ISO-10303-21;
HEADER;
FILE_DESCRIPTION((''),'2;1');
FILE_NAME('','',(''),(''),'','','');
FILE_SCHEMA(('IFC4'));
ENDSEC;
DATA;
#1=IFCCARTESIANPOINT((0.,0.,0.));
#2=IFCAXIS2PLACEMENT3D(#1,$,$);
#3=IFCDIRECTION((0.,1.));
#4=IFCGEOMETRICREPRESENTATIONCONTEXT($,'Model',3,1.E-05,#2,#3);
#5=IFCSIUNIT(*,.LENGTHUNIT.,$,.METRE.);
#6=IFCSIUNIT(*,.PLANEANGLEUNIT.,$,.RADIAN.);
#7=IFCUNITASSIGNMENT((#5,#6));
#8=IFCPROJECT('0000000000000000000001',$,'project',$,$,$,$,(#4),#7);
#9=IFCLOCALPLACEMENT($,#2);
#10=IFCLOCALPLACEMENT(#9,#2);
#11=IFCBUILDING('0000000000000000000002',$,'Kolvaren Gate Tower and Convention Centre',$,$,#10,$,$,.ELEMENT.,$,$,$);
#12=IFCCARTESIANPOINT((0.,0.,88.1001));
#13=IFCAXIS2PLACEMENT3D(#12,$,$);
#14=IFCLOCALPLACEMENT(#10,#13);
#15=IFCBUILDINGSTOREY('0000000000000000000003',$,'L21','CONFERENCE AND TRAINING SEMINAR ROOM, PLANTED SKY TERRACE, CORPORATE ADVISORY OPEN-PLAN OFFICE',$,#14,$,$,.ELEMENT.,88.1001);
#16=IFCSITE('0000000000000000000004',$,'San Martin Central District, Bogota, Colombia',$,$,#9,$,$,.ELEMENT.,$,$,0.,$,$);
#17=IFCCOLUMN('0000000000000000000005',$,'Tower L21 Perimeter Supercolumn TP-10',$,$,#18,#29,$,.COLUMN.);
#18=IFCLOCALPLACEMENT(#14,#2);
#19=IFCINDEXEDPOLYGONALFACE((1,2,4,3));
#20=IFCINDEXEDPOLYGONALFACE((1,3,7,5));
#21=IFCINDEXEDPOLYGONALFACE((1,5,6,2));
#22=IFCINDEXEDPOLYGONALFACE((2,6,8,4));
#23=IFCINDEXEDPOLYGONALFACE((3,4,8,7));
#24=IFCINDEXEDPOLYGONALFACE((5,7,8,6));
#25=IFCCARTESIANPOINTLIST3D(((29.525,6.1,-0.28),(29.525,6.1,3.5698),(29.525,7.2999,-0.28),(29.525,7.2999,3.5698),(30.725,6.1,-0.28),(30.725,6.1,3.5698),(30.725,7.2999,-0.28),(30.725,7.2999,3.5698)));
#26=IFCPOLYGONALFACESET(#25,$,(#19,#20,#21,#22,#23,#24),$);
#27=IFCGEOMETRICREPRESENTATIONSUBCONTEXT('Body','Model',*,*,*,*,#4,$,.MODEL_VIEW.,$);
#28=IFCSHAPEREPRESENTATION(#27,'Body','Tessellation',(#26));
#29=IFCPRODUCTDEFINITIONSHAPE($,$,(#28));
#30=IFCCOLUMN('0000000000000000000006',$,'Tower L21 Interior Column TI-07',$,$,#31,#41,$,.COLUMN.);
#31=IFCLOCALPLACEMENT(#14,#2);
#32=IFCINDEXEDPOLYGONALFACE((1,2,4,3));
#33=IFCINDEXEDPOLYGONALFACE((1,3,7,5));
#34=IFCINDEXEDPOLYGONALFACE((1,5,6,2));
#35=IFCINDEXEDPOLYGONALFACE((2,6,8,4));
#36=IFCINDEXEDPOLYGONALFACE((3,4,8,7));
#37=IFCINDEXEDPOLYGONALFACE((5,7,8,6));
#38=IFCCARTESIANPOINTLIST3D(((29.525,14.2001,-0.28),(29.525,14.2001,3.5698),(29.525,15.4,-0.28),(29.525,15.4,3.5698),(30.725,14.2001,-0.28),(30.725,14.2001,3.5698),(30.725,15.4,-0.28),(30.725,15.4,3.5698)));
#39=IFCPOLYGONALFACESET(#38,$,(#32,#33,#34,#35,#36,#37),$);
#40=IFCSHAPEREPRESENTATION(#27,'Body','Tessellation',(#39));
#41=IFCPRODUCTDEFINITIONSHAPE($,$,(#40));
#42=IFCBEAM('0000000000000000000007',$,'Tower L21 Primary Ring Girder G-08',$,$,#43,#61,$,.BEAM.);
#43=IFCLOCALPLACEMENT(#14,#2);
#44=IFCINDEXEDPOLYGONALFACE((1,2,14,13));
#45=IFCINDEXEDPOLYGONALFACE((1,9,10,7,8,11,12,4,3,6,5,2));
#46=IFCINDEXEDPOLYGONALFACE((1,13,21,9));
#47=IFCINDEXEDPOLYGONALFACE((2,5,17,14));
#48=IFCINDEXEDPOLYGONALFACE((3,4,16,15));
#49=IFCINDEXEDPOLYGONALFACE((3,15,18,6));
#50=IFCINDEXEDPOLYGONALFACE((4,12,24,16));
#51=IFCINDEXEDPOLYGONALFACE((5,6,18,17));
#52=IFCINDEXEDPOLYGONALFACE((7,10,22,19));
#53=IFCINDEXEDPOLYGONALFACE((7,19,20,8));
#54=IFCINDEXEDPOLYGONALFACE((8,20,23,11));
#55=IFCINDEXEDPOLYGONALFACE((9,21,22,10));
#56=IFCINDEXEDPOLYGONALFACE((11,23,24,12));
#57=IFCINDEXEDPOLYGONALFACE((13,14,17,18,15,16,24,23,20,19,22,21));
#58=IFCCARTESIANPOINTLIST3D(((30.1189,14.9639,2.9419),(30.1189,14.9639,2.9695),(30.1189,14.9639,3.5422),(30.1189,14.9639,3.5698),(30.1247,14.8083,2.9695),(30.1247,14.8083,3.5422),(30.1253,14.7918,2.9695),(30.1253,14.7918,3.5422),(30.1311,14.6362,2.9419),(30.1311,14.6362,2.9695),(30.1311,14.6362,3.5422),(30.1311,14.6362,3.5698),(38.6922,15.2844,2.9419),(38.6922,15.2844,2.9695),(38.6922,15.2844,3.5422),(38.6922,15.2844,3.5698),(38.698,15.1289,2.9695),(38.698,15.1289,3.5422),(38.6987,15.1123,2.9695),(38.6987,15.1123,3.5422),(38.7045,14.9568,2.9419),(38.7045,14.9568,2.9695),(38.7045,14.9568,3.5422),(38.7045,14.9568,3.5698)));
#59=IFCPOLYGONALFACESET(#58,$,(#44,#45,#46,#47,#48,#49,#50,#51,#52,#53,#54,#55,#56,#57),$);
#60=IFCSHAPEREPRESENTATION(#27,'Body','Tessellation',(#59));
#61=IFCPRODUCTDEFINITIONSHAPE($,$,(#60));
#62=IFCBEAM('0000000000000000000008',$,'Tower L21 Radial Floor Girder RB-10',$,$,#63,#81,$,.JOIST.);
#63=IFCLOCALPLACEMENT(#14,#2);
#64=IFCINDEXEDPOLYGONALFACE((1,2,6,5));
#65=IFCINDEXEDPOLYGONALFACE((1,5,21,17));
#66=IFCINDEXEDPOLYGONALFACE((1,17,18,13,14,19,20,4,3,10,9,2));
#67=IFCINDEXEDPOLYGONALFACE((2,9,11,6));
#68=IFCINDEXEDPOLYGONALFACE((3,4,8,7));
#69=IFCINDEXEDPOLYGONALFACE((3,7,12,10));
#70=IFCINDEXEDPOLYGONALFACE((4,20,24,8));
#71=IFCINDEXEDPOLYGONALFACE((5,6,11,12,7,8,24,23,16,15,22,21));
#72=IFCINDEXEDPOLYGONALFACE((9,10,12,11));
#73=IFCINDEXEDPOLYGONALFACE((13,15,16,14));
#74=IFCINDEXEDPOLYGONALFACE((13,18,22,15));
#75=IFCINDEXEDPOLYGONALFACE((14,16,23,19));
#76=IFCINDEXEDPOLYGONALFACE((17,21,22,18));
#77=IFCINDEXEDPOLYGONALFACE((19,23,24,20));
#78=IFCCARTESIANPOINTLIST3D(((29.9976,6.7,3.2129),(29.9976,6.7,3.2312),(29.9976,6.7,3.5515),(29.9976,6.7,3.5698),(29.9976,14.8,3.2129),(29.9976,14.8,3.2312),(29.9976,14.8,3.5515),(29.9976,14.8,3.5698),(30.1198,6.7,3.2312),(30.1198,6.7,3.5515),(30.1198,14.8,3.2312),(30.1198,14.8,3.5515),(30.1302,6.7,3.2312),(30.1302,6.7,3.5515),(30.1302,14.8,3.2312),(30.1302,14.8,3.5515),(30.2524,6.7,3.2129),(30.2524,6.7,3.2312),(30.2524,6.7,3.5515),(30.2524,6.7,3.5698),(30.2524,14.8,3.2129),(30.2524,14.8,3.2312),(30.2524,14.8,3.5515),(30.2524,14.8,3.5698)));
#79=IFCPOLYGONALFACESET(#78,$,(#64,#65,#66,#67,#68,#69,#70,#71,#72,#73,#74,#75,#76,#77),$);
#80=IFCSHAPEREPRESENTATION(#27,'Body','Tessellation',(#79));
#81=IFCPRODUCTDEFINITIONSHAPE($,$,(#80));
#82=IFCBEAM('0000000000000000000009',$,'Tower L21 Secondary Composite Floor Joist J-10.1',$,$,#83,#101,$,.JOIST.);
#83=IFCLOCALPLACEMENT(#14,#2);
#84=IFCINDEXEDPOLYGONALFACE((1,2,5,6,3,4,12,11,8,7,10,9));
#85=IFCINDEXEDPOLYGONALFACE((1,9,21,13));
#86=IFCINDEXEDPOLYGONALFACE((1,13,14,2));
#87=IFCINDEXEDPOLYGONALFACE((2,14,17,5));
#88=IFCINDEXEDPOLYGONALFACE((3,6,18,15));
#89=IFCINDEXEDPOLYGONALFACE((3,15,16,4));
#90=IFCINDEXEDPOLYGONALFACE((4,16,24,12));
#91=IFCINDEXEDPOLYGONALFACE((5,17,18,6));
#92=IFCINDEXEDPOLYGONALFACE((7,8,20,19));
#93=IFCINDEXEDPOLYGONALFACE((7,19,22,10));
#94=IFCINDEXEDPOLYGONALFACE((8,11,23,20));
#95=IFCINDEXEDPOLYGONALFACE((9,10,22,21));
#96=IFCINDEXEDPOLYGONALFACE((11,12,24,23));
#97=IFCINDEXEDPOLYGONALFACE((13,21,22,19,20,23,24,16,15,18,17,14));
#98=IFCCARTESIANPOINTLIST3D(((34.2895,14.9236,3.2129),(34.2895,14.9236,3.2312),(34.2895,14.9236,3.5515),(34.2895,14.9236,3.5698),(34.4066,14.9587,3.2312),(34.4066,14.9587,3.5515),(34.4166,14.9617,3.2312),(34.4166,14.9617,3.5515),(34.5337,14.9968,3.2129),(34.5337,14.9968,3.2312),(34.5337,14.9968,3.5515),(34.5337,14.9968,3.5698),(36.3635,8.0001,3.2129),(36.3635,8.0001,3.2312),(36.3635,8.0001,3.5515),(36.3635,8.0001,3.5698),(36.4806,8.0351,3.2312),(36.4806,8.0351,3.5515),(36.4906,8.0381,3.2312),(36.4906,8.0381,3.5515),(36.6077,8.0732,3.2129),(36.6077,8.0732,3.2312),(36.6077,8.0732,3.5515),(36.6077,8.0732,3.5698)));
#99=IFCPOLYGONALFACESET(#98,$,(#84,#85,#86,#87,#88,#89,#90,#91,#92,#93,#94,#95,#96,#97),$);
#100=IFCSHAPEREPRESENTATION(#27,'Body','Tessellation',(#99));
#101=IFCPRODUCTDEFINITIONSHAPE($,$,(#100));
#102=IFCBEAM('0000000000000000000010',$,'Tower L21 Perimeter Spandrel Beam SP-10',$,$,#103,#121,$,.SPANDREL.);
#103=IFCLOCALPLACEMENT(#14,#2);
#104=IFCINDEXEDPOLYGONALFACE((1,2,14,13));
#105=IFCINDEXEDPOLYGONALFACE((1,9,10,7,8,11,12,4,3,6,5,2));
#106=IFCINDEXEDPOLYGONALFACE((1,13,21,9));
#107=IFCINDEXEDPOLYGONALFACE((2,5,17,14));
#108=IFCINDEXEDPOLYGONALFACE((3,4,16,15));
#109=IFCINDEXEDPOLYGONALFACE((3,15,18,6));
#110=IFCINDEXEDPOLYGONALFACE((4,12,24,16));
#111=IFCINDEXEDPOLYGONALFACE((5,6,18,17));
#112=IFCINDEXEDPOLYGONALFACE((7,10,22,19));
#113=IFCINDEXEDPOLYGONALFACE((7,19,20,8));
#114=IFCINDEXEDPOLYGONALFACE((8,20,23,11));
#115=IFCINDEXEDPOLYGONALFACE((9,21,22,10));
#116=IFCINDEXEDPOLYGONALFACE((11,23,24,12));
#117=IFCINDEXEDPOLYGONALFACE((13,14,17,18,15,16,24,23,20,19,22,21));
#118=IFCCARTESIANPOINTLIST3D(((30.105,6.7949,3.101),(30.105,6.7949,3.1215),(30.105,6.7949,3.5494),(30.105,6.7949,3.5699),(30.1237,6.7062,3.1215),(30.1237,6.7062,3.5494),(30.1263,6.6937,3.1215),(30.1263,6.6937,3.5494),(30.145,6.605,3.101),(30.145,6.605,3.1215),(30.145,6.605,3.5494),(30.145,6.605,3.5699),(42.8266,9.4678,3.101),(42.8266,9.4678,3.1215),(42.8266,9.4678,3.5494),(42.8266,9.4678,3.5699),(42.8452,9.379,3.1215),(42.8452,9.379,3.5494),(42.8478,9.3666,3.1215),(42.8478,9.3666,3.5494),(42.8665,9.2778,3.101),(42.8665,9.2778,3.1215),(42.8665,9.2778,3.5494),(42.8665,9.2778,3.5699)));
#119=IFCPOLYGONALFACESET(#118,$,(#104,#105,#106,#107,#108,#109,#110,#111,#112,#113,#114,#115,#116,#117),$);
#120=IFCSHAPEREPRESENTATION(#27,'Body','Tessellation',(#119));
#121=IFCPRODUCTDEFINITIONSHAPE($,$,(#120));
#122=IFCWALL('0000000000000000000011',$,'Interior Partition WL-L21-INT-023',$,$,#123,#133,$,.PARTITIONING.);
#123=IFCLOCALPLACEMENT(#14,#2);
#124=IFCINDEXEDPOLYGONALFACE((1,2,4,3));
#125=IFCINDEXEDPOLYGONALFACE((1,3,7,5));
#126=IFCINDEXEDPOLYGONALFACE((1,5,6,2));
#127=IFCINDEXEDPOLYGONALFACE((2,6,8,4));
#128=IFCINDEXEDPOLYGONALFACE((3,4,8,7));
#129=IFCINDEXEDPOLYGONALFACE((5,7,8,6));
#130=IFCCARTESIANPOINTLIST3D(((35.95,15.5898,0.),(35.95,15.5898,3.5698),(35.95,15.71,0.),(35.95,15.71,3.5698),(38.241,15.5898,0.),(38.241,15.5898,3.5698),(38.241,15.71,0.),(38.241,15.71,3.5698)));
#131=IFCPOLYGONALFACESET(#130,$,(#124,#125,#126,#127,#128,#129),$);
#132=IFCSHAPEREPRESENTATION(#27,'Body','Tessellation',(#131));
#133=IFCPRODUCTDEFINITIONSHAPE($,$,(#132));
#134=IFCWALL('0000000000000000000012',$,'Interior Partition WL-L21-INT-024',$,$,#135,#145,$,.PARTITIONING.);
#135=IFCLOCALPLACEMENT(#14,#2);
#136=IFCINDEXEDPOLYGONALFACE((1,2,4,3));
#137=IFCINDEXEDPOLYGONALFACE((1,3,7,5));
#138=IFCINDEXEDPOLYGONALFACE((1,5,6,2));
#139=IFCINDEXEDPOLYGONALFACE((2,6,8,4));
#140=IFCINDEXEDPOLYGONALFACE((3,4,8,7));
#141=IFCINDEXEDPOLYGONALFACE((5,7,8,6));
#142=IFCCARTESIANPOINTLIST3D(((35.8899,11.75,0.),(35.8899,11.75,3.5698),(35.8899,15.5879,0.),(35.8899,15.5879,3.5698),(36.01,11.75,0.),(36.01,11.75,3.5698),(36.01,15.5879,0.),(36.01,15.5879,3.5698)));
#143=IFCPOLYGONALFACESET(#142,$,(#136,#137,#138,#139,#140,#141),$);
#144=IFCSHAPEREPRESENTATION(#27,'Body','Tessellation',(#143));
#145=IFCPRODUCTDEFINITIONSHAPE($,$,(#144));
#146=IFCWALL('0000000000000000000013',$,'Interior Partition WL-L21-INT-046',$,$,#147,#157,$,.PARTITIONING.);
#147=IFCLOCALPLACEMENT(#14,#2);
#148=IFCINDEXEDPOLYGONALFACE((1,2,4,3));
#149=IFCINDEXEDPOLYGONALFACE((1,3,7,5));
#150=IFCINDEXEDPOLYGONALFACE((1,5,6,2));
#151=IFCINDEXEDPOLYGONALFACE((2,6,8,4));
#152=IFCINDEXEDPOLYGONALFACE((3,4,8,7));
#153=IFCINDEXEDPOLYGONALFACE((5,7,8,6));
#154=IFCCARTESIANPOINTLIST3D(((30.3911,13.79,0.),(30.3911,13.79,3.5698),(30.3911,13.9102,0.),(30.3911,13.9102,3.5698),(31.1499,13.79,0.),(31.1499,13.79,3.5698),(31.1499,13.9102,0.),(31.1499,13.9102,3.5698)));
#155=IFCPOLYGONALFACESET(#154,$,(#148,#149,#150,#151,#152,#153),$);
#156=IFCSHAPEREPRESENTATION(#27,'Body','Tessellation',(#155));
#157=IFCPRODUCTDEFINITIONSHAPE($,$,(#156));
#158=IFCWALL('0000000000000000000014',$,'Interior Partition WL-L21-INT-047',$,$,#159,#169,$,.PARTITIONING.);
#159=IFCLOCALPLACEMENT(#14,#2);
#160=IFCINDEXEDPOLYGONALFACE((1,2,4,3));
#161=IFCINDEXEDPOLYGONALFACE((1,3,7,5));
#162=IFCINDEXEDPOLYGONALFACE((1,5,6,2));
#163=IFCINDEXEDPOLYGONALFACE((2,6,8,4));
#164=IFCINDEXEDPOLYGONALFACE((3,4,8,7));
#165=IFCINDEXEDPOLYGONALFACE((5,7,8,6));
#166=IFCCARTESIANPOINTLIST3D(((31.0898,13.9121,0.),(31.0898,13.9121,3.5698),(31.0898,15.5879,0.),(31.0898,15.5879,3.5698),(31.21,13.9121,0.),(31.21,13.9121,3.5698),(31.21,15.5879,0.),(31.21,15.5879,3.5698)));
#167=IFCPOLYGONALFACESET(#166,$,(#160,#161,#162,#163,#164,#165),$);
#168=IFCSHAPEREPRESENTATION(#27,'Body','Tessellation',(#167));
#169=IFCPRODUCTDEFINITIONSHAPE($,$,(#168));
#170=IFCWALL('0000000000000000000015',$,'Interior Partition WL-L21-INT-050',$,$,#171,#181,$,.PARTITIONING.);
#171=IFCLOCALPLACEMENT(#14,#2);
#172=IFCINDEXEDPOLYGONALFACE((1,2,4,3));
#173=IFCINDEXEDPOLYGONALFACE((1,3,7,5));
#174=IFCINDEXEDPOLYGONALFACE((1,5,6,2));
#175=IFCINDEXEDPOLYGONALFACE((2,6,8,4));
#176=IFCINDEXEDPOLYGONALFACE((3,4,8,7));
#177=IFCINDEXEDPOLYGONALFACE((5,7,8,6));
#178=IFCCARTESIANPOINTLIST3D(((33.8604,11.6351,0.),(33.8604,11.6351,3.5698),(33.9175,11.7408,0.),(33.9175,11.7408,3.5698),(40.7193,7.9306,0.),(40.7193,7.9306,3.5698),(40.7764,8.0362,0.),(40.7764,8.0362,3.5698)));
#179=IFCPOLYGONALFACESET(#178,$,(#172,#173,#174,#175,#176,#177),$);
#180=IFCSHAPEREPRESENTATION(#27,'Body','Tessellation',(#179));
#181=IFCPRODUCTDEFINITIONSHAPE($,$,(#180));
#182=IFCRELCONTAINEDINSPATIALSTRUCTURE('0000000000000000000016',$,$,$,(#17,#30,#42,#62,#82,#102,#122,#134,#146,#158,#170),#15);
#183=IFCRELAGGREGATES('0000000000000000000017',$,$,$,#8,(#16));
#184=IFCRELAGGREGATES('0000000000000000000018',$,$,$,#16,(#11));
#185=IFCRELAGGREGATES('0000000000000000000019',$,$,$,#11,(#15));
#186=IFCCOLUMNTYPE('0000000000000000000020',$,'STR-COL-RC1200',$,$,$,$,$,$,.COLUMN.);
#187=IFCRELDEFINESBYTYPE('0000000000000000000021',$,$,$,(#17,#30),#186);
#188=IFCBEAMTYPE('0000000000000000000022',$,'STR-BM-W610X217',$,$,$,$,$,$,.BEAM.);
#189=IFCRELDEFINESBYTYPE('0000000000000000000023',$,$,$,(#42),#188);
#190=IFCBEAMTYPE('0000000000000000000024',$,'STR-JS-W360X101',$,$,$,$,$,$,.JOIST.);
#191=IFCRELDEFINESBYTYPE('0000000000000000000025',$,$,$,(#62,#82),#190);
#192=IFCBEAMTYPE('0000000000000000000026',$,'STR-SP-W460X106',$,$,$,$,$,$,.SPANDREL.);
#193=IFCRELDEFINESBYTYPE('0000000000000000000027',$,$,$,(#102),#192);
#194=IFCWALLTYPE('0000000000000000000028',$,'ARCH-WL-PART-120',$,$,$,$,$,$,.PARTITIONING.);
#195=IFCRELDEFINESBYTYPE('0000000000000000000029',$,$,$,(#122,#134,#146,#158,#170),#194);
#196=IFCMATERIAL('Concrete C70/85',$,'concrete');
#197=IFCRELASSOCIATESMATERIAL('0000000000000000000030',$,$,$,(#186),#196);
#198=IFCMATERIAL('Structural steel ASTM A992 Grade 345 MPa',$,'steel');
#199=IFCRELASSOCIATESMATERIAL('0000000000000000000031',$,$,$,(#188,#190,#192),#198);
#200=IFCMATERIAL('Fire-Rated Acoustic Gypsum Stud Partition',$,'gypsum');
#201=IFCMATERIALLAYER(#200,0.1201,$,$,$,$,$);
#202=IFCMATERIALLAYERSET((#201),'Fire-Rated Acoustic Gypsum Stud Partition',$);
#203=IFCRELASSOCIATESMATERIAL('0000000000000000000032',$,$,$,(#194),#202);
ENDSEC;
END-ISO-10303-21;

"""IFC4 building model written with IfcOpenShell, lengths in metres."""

from ifc_helpers import new_model, si_unit, direction, frame, frame_2d, origin, origin_2d, place, context, subcontext, project, spatial, rectangle, i_section, extrude, material, layer, layer_set, material_profile, profile_set, type_object, element, save


model = new_model("IFC4")

# Units and contexts
model_context = context("Model", 3, precision=1e-05, world=origin(), true_north=direction((0.0, 1.0)))
body_context = subcontext(model_context, "Body", "Model", "MODEL_VIEW")
ifc_project = project(units=[si_unit("LENGTHUNIT", "METRE"), si_unit("PLANEANGLEUNIT", "RADIAN")], contexts=[model_context])

# Site, building, storey
site_placement = place(None, origin())
site = spatial("IfcSite", under=ifc_project, at=site_placement, Name="San Martin Central District, Bogota, Colombia", CompositionType="ELEMENT", RefElevation=0.0)
building_placement = place(site_placement, origin())
building = spatial("IfcBuilding", under=site, at=building_placement, Name="Kolvaren Gate Tower and Convention Centre", CompositionType="ELEMENT")
storey_placement = place(building_placement, frame((0.0, 0.0, 88.1001)))
storey = spatial("IfcBuildingStorey", under=building, at=storey_placement, Name="L21", Description="CONFERENCE AND TRAINING SEMINAR ROOM, PLANTED SKY TERRACE, CORPORATE ADVISORY OPEN-PLAN OFFICE", CompositionType="ELEMENT", Elevation=88.1001)

# Columns
ifc_material_1 = material(Name="Concrete C70/85", Category="concrete")
ifc_material_profile_1 = material_profile(ifc_material_1, rectangle(XDim=1.2, YDim=1.2, at=origin_2d()), Name="RC-COL-1200X1200")
ifc_profile_set_1 = profile_set([ifc_material_profile_1], Name="Concrete C70/85")
column_type = type_object("IfcColumnType", Name="STR-COL-RC1200", PredefinedType="COLUMN", material=ifc_profile_set_1)
for number, where, z_axis, x_axis, name in (
    (1, (30.125, 6.7, -0.28), (0.0, 0.0, 1.0), (1.0, 0.0, 0.0), "Tower L21 Perimeter Supercolumn TP-10"),
    (2, (30.125, 14.8, -0.28), (0.0, 0.0, 1.0), (1.0, 0.0, 0.0), "Tower L21 Interior Column TI-07"),
):
    element("IfcColumn", number, at=place(storey_placement, frame(where, z_axis=z_axis, x_axis=x_axis)), inside=storey, type_object=column_type, Name=name, PredefinedType="COLUMN", context=body_context, shape_type="SweptSolid", body=[
        extrude(rectangle(XDim=1.2, YDim=1.2, at=origin_2d()), origin(), (0.0, 0.0, 1.0), 3.8499),
    ])

# Beams
ifc_material_2 = material(Name="Structural steel ASTM A992 Grade 345 MPa", Category="steel")
ifc_material_profile_2 = material_profile(ifc_material_2, i_section(OverallWidth=0.3279, OverallDepth=0.6279, WebThickness=0.0166, FlangeThickness=0.0276, at=origin_2d()), Name="W610X217")
ifc_profile_set_2 = profile_set([ifc_material_profile_2], Name="Structural steel ASTM A992 Grade 345 MPa")
beam_type_1 = type_object("IfcBeamType", Name="STR-BM-W610X217", PredefinedType="BEAM", material=ifc_profile_set_2)
beam_1_placement = place(storey_placement, frame((30.125, 14.8, 3.2559), z_axis=(0.999302, 0.037364, 0.0), x_axis=(-0.037364, 0.999302, 0.0)))
element("IfcBeam", 3, at=beam_1_placement, inside=storey, type_object=beam_type_1, Name="Tower L21 Primary Ring Girder G-08", PredefinedType="BEAM", context=body_context, shape_type="SweptSolid", body=[
    extrude(i_section(OverallWidth=0.3279, OverallDepth=0.6279, WebThickness=0.0166, FlangeThickness=0.0276, at=origin_2d()), origin(), (0.0, 0.0, 1.0), 8.5793),
])
ifc_material_profile_3 = material_profile(ifc_material_2, i_section(OverallWidth=0.2549, OverallDepth=0.3569, WebThickness=0.0105, FlangeThickness=0.0183, at=origin_2d()), Name="W360X101")
ifc_profile_set_3 = profile_set([ifc_material_profile_3], Name="Structural steel ASTM A992 Grade 345 MPa")
beam_type_2 = type_object("IfcBeamType", Name="STR-JS-W360X101", PredefinedType="JOIST", material=ifc_profile_set_3)
beam_2_placement = place(storey_placement, frame((30.125, 14.8, 3.3914), z_axis=(0.0, -1.0, 0.0), x_axis=(1.0, 0.0, 0.0)))
element("IfcBeam", 4, at=beam_2_placement, inside=storey, type_object=beam_type_2, Name="Tower L21 Radial Floor Girder RB-10", PredefinedType="JOIST", context=body_context, shape_type="SweptSolid", body=[
    extrude(i_section(OverallWidth=0.2549, OverallDepth=0.3569, WebThickness=0.0105, FlangeThickness=0.0183, at=origin_2d()), origin(), (0.0, 0.0, 1.0), 8.1001),
])
beam_3_placement = place(storey_placement, frame((34.4116, 14.9602, 3.3914), z_axis=(0.286954, -0.957944, 0.0), x_axis=(0.957944, 0.286954, 0.0)))
element("IfcBeam", 5, at=beam_3_placement, inside=storey, type_object=beam_type_2, Name="Tower L21 Secondary Composite Floor Joist J-10.1", PredefinedType="JOIST", context=body_context, shape_type="SweptSolid", body=[
    extrude(i_section(OverallWidth=0.2549, OverallDepth=0.3569, WebThickness=0.0105, FlangeThickness=0.0183, at=origin_2d()), origin(), (0.0, 0.0, 1.0), 7.2275),
])
ifc_material_profile_4 = material_profile(ifc_material_2, i_section(OverallWidth=0.1941, OverallDepth=0.469, WebThickness=0.0127, FlangeThickness=0.0205, at=origin_2d()), Name="W460X106")
ifc_profile_set_4 = profile_set([ifc_material_profile_4], Name="Structural steel ASTM A992 Grade 345 MPa")
beam_type_3 = type_object("IfcBeamType", Name="STR-SP-W460X106", PredefinedType="SPANDREL", material=ifc_profile_set_4)
beam_4_placement = place(storey_placement, frame((30.125, 6.7, 3.3354), z_axis=(0.978633, 0.205617, 0.0), x_axis=(-0.205617, 0.978633, 0.0)))
element("IfcBeam", 6, at=beam_4_placement, inside=storey, type_object=beam_type_3, Name="Tower L21 Perimeter Spandrel Beam SP-10", PredefinedType="SPANDREL", context=body_context, shape_type="SweptSolid", body=[
    extrude(i_section(OverallWidth=0.1941, OverallDepth=0.469, WebThickness=0.0127, FlangeThickness=0.0205, at=origin_2d()), origin(), (0.0, 0.0, 1.0), 12.9993),
])

# Walls
ifc_material_3 = material(Name="Fire-Rated Acoustic Gypsum Stud Partition", Category="gypsum")
ifc_layer_1 = layer(ifc_material_3, 0.1201)
ifc_layer_set_1 = layer_set([ifc_layer_1], Name="Fire-Rated Acoustic Gypsum Stud Partition")
wall_type_1 = type_object("IfcWallType", Name="ARCH-WL-PART-120", PredefinedType="PARTITIONING", material=ifc_layer_set_1)
wall_1_placement = place(storey_placement, frame((35.95, 15.6499, 0.0), z_axis=(0.0, 0.0, 1.0), x_axis=(1.0, 0.0, 0.0)))
element("IfcWall", 7, at=wall_1_placement, inside=storey, type_object=wall_type_1, Name="Interior Partition WL-L21-INT-023", PredefinedType="PARTITIONING", context=body_context, shape_type="SweptSolid", body=[
    extrude(rectangle(XDim=2.291, YDim=0.1201, at=frame_2d((1.1455, 0.0))), origin(), (0.0, 0.0, 1.0), 3.5698),
])
wall_2_placement = place(storey_placement, frame((35.95, 11.75, 0.0), z_axis=(0.0, 0.0, 1.0), x_axis=(0.0, 1.0, 0.0)))
element("IfcWall", 8, at=wall_2_placement, inside=storey, type_object=wall_type_1, Name="Interior Partition WL-L21-INT-024", PredefinedType="PARTITIONING", context=body_context, shape_type="SweptSolid", body=[
    extrude(rectangle(XDim=3.8379, YDim=0.1201, at=frame_2d((1.9189, 0.0))), origin(), (0.0, 0.0, 1.0), 3.5698),
])
wall_3_placement = place(storey_placement, frame((30.3911, 13.8501, 0.0), z_axis=(0.0, 0.0, 1.0), x_axis=(1.0, 0.0, 0.0)))
element("IfcWall", 9, at=wall_3_placement, inside=storey, type_object=wall_type_1, Name="Interior Partition WL-L21-INT-046", PredefinedType="PARTITIONING", context=body_context, shape_type="SweptSolid", body=[
    extrude(rectangle(XDim=0.7588, YDim=0.1201, at=frame_2d((0.3794, 0.0))), origin(), (0.0, 0.0, 1.0), 3.5698),
])
wall_4_placement = place(storey_placement, frame((31.1499, 13.9121, 0.0), z_axis=(0.0, 0.0, 1.0), x_axis=(0.0, 1.0, 0.0)))
element("IfcWall", 10, at=wall_4_placement, inside=storey, type_object=wall_type_1, Name="Interior Partition WL-L21-INT-047", PredefinedType="PARTITIONING", context=body_context, shape_type="SweptSolid", body=[
    extrude(rectangle(XDim=1.6758, YDim=0.1201, at=frame_2d((0.8379, 0.0))), origin(), (0.0, 0.0, 1.0), 3.5698),
])
wall_5_placement = place(storey_placement, frame((33.8889, 11.688, 0.0), z_axis=(0.0, 0.0, 1.0), x_axis=(0.879863, -0.475227, 0.0)))
element("IfcWall", 11, at=wall_5_placement, inside=storey, type_object=wall_type_1, Name="Interior Partition WL-L21-INT-050", PredefinedType="PARTITIONING", context=body_context, shape_type="SweptSolid", body=[
    extrude(rectangle(XDim=7.7954, YDim=0.1201, at=frame_2d((3.8977, 0.0))), origin(), (0.0, 0.0, 1.0), 3.5698),
])

save(model, "model.ifc")
